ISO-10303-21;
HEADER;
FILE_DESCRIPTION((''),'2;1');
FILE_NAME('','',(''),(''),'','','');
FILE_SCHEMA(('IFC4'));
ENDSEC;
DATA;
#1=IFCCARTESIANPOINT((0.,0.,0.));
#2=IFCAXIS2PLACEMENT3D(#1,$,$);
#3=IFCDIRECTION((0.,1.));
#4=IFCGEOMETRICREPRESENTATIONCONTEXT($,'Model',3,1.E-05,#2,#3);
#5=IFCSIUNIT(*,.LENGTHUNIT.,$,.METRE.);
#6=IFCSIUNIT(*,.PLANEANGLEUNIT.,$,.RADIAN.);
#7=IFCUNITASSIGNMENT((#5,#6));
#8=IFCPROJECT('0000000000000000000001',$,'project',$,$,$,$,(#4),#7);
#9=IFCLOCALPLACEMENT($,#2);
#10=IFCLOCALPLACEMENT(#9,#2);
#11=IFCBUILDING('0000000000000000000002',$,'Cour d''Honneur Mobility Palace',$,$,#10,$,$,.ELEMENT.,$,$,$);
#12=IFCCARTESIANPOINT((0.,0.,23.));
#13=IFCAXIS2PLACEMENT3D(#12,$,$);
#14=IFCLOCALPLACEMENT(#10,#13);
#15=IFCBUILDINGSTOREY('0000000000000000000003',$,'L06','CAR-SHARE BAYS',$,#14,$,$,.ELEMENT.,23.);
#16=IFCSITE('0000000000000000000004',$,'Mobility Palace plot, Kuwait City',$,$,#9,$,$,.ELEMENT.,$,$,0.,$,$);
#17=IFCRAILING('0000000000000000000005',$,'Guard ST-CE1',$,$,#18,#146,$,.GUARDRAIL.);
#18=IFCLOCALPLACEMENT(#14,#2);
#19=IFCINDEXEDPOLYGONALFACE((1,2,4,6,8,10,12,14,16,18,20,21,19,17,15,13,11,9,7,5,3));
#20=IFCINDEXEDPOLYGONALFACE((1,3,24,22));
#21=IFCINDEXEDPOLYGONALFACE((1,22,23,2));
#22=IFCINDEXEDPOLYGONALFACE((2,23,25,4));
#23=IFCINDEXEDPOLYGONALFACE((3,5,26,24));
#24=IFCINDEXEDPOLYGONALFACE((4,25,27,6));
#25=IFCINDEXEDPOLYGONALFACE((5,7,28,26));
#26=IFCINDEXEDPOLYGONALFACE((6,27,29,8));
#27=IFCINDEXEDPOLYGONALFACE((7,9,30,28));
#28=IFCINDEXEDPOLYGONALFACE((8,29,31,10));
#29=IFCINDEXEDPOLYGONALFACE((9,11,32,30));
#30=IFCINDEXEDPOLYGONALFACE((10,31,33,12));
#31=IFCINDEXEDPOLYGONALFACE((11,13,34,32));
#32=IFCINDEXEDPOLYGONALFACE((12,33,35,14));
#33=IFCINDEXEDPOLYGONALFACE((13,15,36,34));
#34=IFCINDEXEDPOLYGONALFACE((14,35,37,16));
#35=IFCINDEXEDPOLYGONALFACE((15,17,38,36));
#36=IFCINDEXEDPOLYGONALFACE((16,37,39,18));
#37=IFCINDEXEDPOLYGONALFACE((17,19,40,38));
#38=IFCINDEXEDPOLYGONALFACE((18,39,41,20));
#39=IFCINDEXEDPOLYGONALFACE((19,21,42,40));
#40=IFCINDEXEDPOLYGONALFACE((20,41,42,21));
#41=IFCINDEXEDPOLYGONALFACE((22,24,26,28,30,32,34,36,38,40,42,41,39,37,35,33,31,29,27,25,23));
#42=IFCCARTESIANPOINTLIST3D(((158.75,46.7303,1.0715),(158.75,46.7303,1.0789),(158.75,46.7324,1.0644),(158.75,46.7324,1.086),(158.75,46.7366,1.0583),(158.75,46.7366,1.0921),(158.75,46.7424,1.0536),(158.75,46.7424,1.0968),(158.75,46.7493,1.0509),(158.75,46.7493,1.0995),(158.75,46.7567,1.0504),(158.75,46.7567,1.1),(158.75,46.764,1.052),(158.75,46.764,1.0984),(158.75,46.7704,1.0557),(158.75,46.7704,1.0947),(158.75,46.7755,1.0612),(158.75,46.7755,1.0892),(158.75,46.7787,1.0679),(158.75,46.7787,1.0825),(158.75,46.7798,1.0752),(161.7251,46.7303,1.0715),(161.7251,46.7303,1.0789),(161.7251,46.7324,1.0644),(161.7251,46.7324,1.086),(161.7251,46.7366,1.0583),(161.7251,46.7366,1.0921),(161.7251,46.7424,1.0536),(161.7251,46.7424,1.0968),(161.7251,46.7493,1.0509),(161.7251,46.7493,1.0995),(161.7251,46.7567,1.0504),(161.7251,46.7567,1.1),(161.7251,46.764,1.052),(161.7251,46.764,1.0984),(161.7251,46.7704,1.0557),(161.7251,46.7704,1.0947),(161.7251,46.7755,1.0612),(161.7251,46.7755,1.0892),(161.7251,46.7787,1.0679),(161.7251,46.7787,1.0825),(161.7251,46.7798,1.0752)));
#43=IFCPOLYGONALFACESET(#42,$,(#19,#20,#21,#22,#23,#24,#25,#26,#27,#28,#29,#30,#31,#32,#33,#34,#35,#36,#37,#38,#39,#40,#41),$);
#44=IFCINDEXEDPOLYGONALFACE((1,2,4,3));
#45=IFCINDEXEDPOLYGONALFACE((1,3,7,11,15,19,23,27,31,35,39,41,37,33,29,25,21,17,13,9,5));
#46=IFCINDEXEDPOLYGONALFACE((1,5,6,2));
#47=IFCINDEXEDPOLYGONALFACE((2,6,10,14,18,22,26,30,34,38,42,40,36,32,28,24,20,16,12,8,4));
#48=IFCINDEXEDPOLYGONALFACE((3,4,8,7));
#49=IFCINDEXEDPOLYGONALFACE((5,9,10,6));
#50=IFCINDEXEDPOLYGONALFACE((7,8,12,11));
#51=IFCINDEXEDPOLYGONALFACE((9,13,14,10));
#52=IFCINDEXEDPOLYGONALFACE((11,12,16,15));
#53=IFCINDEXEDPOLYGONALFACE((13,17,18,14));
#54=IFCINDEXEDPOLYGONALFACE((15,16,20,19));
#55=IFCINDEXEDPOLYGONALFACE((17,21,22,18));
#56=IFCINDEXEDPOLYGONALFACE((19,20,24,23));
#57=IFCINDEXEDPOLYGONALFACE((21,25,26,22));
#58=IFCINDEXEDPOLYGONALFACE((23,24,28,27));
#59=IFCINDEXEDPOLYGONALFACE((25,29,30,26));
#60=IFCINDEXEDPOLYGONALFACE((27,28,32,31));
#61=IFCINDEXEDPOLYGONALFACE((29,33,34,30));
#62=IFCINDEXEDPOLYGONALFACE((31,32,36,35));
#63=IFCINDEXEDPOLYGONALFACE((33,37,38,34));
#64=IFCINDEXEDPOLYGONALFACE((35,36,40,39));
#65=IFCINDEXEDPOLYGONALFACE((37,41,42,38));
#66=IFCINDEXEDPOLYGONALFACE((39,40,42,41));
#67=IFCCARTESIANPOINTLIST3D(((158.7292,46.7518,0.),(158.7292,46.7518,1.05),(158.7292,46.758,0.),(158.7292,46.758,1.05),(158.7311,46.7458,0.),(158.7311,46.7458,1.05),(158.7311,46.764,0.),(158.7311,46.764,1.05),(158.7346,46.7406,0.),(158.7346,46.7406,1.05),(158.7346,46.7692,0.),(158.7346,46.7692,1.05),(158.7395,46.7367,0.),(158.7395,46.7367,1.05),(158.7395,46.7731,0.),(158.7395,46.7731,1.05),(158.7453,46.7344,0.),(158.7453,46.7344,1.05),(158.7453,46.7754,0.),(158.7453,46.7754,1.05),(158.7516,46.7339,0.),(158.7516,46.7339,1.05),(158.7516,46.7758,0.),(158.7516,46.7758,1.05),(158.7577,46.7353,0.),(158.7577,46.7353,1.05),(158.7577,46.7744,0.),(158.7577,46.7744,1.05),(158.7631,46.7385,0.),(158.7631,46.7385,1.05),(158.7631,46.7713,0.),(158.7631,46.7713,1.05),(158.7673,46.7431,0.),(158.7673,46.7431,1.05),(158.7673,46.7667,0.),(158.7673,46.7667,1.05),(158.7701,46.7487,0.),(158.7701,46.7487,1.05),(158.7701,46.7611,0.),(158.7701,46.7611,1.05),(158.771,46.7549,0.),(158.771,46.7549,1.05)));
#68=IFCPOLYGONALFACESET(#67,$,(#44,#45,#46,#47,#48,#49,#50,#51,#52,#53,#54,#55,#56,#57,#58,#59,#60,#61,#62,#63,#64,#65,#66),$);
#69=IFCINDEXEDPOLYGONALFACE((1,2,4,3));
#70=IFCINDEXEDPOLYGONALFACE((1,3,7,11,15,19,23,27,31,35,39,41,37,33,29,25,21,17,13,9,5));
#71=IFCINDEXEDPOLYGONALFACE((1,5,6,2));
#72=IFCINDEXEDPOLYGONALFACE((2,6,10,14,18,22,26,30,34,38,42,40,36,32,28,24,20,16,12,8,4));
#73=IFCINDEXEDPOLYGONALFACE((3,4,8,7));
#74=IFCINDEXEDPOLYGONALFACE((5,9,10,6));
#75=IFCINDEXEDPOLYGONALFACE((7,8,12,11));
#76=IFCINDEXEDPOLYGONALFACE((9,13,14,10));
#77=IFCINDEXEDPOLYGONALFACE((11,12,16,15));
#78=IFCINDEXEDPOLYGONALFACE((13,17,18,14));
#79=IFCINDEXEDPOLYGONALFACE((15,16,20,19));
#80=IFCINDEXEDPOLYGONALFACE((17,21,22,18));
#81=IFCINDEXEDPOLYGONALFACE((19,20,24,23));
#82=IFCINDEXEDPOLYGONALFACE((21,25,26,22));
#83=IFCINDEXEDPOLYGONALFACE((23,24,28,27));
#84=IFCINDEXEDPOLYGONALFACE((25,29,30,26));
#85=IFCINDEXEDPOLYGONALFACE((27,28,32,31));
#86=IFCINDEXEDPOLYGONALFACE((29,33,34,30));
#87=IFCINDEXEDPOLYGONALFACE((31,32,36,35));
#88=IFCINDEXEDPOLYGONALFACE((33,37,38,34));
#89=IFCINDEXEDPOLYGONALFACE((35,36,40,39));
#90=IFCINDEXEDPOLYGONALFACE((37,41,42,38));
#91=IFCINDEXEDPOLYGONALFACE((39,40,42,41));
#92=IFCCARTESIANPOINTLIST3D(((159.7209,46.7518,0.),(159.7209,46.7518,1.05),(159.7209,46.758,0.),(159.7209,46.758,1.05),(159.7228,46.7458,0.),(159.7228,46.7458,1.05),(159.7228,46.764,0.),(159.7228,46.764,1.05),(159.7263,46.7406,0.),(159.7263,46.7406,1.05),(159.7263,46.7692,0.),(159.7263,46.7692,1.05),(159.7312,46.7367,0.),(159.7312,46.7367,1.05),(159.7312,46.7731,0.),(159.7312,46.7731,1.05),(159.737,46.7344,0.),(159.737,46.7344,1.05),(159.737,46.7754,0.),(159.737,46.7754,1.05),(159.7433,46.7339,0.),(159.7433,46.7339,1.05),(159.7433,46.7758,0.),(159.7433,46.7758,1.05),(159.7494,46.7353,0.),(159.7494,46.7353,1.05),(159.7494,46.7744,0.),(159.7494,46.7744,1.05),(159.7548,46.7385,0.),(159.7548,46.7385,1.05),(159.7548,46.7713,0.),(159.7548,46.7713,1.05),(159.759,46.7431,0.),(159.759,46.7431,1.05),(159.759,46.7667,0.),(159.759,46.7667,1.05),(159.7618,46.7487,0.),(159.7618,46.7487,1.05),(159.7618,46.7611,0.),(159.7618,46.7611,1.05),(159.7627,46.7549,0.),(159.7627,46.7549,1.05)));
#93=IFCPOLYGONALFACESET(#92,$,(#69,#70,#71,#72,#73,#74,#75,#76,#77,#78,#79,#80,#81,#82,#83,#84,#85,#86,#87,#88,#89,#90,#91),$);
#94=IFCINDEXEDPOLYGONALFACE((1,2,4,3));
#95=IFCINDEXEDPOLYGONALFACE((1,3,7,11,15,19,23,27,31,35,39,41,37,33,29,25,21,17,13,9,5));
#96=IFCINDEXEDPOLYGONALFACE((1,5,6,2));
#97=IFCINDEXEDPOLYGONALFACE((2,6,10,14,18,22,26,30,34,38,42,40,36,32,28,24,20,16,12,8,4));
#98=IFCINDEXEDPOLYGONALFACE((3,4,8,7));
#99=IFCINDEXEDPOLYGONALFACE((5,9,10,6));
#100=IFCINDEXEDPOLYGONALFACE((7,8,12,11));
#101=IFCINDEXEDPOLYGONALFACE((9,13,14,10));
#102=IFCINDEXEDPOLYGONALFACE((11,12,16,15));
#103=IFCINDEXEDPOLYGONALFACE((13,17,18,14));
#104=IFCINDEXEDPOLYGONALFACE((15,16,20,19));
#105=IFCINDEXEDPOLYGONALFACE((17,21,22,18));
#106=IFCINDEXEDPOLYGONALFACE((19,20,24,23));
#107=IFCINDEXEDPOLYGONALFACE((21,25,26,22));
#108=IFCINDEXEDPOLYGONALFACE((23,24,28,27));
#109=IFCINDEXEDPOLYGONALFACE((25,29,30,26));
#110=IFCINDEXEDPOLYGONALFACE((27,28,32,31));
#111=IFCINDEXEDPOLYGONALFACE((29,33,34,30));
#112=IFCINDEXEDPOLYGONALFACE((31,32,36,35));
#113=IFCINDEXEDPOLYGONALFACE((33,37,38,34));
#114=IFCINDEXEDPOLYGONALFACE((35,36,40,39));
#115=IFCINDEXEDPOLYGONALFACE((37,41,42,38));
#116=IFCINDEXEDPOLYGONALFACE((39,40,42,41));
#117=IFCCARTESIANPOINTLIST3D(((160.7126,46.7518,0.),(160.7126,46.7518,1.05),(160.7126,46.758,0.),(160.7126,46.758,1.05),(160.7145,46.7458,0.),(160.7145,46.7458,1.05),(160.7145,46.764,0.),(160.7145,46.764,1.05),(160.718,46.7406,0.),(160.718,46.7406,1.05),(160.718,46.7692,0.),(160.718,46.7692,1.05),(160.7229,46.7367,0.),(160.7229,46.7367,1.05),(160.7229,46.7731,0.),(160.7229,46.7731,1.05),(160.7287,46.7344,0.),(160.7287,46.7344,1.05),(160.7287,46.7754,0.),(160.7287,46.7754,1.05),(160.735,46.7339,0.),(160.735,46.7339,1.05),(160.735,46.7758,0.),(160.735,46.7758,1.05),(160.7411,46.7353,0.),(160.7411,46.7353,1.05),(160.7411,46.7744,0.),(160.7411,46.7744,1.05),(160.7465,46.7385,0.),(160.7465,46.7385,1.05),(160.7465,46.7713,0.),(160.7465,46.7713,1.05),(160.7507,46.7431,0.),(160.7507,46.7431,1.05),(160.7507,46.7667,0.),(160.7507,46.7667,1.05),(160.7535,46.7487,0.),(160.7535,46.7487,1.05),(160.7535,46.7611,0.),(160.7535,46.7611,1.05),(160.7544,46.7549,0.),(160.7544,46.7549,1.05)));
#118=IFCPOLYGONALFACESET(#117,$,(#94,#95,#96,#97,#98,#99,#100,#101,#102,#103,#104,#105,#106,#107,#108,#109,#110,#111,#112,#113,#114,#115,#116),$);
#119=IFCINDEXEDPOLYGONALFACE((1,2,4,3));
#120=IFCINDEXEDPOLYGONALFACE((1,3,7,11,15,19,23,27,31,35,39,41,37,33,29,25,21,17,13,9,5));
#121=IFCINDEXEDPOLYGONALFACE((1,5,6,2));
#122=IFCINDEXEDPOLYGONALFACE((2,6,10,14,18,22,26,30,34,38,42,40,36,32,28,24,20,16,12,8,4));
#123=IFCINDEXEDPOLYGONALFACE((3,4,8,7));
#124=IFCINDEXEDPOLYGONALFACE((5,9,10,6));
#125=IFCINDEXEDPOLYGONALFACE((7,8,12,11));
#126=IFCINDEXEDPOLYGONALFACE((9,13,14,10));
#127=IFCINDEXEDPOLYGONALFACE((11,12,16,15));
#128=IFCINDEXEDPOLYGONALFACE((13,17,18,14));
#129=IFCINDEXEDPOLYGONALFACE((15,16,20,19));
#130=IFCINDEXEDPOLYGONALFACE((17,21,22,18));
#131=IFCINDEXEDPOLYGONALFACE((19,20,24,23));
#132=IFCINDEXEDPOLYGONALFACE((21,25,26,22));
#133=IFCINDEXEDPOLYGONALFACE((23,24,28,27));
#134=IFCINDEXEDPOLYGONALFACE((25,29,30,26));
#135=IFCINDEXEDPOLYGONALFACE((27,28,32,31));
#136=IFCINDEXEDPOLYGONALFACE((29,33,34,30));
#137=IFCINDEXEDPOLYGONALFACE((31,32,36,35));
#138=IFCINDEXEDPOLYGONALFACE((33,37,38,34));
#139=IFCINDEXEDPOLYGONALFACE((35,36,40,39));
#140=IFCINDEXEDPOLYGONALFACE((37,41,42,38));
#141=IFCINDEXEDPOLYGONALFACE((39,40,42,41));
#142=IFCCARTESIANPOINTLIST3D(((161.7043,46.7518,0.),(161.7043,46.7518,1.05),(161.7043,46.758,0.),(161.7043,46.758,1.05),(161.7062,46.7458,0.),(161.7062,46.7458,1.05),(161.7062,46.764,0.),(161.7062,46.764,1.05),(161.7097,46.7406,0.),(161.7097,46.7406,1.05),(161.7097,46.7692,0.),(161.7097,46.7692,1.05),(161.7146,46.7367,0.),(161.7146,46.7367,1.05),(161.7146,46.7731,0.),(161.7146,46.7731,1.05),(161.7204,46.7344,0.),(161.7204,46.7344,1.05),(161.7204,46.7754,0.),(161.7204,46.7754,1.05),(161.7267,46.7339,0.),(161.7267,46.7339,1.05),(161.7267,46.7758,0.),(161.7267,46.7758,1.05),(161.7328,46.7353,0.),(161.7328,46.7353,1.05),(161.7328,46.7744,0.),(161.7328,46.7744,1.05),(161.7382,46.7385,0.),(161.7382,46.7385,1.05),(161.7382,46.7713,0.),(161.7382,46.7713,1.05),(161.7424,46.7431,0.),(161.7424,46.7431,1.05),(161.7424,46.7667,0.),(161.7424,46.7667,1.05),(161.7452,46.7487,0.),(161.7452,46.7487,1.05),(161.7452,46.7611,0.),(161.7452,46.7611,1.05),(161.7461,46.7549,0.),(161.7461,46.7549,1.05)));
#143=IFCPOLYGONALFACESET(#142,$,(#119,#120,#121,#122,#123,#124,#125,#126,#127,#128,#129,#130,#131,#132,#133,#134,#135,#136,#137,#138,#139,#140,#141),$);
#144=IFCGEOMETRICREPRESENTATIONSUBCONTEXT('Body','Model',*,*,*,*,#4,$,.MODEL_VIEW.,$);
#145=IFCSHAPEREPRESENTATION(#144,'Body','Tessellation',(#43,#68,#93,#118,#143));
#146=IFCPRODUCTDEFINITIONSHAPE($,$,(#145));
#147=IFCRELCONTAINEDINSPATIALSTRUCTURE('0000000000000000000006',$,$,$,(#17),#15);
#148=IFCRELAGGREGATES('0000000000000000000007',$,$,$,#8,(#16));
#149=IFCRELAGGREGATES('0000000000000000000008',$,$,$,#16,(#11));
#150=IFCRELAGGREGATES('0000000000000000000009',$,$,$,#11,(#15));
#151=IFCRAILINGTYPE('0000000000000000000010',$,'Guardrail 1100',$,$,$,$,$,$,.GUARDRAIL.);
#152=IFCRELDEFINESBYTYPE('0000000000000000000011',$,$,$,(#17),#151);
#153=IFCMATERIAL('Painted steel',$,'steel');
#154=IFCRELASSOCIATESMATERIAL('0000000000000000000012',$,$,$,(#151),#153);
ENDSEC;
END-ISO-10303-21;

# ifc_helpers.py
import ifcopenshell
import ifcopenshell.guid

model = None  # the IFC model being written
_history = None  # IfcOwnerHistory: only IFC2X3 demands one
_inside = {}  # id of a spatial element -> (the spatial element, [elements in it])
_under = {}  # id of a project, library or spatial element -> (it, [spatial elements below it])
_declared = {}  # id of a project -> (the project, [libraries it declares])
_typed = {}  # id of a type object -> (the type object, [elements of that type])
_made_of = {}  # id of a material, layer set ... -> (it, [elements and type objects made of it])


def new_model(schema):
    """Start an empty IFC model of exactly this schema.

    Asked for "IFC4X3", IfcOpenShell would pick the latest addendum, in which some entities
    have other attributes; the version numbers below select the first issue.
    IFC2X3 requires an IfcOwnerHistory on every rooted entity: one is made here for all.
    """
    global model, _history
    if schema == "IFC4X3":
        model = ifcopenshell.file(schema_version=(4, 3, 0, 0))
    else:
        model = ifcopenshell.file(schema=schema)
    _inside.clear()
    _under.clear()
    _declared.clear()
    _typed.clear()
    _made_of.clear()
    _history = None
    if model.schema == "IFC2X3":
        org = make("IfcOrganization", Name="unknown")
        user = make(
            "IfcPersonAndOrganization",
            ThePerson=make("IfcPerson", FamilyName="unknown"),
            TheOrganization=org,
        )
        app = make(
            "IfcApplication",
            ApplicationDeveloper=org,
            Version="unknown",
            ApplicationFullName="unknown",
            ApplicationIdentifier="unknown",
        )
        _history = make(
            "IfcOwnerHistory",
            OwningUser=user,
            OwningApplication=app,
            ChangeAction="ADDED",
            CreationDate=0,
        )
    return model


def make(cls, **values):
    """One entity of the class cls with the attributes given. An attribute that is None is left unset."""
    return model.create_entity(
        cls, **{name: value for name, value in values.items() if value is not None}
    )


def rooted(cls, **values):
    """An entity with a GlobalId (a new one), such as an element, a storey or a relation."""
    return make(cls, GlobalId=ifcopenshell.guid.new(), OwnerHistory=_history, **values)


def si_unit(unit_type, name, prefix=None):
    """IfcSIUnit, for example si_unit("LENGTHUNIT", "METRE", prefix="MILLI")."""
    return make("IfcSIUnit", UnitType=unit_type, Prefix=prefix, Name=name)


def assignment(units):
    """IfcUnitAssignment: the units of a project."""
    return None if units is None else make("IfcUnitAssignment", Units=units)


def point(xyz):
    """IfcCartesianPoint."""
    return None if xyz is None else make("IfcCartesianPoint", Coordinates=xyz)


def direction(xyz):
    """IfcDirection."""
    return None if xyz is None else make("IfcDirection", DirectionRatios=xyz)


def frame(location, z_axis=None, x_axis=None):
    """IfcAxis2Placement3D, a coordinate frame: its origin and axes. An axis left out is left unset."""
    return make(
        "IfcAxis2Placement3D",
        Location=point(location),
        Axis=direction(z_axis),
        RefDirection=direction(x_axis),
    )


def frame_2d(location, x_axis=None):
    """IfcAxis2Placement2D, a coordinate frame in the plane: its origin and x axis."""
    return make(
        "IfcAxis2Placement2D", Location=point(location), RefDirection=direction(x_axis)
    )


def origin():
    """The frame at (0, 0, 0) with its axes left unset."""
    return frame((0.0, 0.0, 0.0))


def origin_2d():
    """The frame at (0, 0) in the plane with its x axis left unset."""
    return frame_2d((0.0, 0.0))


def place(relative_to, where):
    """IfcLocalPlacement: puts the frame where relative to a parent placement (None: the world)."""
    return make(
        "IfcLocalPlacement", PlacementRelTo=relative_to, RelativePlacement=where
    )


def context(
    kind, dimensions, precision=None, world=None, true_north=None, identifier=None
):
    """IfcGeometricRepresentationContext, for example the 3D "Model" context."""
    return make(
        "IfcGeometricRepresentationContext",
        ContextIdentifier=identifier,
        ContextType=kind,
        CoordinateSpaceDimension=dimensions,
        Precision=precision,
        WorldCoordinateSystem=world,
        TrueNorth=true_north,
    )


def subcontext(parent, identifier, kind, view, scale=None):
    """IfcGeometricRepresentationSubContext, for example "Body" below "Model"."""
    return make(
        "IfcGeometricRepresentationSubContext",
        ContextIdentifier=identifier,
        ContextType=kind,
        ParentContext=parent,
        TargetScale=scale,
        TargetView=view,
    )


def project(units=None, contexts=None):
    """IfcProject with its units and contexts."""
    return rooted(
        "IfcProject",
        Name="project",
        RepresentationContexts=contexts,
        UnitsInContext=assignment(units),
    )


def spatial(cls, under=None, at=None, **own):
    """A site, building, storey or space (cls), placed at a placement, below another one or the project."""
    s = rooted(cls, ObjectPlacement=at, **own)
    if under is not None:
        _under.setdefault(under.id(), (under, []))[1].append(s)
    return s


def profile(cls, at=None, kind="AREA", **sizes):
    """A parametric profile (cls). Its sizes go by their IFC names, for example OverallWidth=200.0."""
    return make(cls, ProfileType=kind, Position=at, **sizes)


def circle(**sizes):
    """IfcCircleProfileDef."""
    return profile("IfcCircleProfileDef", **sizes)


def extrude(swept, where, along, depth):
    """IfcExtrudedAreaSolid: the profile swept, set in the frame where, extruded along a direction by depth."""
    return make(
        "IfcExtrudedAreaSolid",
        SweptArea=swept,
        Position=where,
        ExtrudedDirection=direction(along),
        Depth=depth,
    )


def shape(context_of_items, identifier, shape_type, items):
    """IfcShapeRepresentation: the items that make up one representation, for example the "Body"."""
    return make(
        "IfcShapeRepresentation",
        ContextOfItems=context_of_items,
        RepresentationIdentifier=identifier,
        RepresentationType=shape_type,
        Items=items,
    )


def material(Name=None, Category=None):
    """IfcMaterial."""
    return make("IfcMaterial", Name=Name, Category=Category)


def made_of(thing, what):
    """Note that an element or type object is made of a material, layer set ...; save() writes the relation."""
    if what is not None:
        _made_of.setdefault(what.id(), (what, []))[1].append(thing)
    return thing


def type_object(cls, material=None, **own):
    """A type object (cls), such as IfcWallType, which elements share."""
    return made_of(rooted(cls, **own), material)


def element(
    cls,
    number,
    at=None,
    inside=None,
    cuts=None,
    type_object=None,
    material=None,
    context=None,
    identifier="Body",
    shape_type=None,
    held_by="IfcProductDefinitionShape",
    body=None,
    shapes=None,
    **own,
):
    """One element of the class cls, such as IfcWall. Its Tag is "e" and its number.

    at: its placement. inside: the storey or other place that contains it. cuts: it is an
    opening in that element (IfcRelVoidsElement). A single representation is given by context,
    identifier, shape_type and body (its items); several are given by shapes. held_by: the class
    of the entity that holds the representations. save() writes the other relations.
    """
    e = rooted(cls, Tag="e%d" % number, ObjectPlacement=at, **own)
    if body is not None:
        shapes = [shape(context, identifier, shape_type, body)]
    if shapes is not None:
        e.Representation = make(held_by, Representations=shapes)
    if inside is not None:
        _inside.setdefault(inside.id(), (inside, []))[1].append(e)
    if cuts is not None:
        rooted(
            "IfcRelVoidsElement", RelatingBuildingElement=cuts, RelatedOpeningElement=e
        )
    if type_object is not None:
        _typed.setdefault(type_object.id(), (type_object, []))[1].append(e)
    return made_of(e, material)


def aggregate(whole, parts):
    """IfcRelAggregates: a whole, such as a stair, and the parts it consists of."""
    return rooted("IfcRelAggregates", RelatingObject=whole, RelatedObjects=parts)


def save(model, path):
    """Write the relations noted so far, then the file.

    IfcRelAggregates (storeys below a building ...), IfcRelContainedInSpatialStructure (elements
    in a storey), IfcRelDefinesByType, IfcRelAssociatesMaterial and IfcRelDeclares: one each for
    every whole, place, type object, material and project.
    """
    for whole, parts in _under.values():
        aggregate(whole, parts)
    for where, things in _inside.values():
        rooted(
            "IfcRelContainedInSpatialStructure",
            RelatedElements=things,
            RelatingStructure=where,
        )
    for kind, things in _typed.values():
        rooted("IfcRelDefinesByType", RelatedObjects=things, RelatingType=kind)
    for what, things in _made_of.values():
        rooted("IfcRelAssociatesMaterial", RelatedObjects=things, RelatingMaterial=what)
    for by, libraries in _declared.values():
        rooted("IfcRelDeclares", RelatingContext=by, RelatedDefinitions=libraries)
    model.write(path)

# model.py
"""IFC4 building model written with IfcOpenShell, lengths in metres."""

from ifc_helpers import new_model, si_unit, direction, frame, origin, origin_2d, place, context, subcontext, project, spatial, circle, extrude, material, type_object, element, save


model = new_model("IFC4")

# Units and contexts
model_context = context("Model", 3, precision=1e-05, world=origin(), true_north=direction((0.0, 1.0)))
body_context = subcontext(model_context, "Body", "Model", "MODEL_VIEW")
ifc_project = project(units=[si_unit("LENGTHUNIT", "METRE"), si_unit("PLANEANGLEUNIT", "RADIAN")], contexts=[model_context])

# Site, building, storey
site_placement = place(None, origin())
site = spatial("IfcSite", under=ifc_project, at=site_placement, Name="Mobility Palace plot, Kuwait City", CompositionType="ELEMENT", RefElevation=0.0)
building_placement = place(site_placement, origin())
building = spatial("IfcBuilding", under=site, at=building_placement, Name="Cour d'Honneur Mobility Palace", CompositionType="ELEMENT")
storey_placement = place(building_placement, frame((0.0, 0.0, 23.0)))
storey = spatial("IfcBuildingStorey", under=building, at=storey_placement, Name="L06", Description="CAR-SHARE BAYS", CompositionType="ELEMENT", Elevation=23.0)

# Railing
ifc_material_1 = material(Name="Painted steel", Category="steel")
railing_type_1 = type_object("IfcRailingType", Name="Guardrail 1100", PredefinedType="GUARDRAIL", material=ifc_material_1)
railing_1_placement = place(storey_placement, frame((158.75, 46.7549, 0.0)))
element("IfcRailing", 1, at=railing_1_placement, inside=storey, type_object=railing_type_1, Name="Guard ST-CE1", PredefinedType="GUARDRAIL", context=body_context, shape_type="SweptSolid", body=[
    extrude(circle(Radius=0.0249, at=origin_2d()), frame((0.0, 0.0, 1.0752), z_axis=(1.0, 0.0, 0.0), x_axis=(0.0, 1.0, 0.0)), (0.0, 0.0, 1.0), 2.9751),
    extrude(circle(Radius=0.021, at=origin_2d()), origin(), (0.0, 0.0, 1.0), 1.05),
    extrude(circle(Radius=0.021, at=origin_2d()), frame((0.9917, 0.0, 0.0)), (0.0, 0.0, 1.0), 1.05),
    extrude(circle(Radius=0.021, at=origin_2d()), frame((1.9834, 0.0, 0.0)), (0.0, 0.0, 1.0), 1.05),
    extrude(circle(Radius=0.021, at=origin_2d()), frame((2.9751, 0.0, 0.0)), (0.0, 0.0, 1.0), 1.05),
])

save(model, "model.ifc")
